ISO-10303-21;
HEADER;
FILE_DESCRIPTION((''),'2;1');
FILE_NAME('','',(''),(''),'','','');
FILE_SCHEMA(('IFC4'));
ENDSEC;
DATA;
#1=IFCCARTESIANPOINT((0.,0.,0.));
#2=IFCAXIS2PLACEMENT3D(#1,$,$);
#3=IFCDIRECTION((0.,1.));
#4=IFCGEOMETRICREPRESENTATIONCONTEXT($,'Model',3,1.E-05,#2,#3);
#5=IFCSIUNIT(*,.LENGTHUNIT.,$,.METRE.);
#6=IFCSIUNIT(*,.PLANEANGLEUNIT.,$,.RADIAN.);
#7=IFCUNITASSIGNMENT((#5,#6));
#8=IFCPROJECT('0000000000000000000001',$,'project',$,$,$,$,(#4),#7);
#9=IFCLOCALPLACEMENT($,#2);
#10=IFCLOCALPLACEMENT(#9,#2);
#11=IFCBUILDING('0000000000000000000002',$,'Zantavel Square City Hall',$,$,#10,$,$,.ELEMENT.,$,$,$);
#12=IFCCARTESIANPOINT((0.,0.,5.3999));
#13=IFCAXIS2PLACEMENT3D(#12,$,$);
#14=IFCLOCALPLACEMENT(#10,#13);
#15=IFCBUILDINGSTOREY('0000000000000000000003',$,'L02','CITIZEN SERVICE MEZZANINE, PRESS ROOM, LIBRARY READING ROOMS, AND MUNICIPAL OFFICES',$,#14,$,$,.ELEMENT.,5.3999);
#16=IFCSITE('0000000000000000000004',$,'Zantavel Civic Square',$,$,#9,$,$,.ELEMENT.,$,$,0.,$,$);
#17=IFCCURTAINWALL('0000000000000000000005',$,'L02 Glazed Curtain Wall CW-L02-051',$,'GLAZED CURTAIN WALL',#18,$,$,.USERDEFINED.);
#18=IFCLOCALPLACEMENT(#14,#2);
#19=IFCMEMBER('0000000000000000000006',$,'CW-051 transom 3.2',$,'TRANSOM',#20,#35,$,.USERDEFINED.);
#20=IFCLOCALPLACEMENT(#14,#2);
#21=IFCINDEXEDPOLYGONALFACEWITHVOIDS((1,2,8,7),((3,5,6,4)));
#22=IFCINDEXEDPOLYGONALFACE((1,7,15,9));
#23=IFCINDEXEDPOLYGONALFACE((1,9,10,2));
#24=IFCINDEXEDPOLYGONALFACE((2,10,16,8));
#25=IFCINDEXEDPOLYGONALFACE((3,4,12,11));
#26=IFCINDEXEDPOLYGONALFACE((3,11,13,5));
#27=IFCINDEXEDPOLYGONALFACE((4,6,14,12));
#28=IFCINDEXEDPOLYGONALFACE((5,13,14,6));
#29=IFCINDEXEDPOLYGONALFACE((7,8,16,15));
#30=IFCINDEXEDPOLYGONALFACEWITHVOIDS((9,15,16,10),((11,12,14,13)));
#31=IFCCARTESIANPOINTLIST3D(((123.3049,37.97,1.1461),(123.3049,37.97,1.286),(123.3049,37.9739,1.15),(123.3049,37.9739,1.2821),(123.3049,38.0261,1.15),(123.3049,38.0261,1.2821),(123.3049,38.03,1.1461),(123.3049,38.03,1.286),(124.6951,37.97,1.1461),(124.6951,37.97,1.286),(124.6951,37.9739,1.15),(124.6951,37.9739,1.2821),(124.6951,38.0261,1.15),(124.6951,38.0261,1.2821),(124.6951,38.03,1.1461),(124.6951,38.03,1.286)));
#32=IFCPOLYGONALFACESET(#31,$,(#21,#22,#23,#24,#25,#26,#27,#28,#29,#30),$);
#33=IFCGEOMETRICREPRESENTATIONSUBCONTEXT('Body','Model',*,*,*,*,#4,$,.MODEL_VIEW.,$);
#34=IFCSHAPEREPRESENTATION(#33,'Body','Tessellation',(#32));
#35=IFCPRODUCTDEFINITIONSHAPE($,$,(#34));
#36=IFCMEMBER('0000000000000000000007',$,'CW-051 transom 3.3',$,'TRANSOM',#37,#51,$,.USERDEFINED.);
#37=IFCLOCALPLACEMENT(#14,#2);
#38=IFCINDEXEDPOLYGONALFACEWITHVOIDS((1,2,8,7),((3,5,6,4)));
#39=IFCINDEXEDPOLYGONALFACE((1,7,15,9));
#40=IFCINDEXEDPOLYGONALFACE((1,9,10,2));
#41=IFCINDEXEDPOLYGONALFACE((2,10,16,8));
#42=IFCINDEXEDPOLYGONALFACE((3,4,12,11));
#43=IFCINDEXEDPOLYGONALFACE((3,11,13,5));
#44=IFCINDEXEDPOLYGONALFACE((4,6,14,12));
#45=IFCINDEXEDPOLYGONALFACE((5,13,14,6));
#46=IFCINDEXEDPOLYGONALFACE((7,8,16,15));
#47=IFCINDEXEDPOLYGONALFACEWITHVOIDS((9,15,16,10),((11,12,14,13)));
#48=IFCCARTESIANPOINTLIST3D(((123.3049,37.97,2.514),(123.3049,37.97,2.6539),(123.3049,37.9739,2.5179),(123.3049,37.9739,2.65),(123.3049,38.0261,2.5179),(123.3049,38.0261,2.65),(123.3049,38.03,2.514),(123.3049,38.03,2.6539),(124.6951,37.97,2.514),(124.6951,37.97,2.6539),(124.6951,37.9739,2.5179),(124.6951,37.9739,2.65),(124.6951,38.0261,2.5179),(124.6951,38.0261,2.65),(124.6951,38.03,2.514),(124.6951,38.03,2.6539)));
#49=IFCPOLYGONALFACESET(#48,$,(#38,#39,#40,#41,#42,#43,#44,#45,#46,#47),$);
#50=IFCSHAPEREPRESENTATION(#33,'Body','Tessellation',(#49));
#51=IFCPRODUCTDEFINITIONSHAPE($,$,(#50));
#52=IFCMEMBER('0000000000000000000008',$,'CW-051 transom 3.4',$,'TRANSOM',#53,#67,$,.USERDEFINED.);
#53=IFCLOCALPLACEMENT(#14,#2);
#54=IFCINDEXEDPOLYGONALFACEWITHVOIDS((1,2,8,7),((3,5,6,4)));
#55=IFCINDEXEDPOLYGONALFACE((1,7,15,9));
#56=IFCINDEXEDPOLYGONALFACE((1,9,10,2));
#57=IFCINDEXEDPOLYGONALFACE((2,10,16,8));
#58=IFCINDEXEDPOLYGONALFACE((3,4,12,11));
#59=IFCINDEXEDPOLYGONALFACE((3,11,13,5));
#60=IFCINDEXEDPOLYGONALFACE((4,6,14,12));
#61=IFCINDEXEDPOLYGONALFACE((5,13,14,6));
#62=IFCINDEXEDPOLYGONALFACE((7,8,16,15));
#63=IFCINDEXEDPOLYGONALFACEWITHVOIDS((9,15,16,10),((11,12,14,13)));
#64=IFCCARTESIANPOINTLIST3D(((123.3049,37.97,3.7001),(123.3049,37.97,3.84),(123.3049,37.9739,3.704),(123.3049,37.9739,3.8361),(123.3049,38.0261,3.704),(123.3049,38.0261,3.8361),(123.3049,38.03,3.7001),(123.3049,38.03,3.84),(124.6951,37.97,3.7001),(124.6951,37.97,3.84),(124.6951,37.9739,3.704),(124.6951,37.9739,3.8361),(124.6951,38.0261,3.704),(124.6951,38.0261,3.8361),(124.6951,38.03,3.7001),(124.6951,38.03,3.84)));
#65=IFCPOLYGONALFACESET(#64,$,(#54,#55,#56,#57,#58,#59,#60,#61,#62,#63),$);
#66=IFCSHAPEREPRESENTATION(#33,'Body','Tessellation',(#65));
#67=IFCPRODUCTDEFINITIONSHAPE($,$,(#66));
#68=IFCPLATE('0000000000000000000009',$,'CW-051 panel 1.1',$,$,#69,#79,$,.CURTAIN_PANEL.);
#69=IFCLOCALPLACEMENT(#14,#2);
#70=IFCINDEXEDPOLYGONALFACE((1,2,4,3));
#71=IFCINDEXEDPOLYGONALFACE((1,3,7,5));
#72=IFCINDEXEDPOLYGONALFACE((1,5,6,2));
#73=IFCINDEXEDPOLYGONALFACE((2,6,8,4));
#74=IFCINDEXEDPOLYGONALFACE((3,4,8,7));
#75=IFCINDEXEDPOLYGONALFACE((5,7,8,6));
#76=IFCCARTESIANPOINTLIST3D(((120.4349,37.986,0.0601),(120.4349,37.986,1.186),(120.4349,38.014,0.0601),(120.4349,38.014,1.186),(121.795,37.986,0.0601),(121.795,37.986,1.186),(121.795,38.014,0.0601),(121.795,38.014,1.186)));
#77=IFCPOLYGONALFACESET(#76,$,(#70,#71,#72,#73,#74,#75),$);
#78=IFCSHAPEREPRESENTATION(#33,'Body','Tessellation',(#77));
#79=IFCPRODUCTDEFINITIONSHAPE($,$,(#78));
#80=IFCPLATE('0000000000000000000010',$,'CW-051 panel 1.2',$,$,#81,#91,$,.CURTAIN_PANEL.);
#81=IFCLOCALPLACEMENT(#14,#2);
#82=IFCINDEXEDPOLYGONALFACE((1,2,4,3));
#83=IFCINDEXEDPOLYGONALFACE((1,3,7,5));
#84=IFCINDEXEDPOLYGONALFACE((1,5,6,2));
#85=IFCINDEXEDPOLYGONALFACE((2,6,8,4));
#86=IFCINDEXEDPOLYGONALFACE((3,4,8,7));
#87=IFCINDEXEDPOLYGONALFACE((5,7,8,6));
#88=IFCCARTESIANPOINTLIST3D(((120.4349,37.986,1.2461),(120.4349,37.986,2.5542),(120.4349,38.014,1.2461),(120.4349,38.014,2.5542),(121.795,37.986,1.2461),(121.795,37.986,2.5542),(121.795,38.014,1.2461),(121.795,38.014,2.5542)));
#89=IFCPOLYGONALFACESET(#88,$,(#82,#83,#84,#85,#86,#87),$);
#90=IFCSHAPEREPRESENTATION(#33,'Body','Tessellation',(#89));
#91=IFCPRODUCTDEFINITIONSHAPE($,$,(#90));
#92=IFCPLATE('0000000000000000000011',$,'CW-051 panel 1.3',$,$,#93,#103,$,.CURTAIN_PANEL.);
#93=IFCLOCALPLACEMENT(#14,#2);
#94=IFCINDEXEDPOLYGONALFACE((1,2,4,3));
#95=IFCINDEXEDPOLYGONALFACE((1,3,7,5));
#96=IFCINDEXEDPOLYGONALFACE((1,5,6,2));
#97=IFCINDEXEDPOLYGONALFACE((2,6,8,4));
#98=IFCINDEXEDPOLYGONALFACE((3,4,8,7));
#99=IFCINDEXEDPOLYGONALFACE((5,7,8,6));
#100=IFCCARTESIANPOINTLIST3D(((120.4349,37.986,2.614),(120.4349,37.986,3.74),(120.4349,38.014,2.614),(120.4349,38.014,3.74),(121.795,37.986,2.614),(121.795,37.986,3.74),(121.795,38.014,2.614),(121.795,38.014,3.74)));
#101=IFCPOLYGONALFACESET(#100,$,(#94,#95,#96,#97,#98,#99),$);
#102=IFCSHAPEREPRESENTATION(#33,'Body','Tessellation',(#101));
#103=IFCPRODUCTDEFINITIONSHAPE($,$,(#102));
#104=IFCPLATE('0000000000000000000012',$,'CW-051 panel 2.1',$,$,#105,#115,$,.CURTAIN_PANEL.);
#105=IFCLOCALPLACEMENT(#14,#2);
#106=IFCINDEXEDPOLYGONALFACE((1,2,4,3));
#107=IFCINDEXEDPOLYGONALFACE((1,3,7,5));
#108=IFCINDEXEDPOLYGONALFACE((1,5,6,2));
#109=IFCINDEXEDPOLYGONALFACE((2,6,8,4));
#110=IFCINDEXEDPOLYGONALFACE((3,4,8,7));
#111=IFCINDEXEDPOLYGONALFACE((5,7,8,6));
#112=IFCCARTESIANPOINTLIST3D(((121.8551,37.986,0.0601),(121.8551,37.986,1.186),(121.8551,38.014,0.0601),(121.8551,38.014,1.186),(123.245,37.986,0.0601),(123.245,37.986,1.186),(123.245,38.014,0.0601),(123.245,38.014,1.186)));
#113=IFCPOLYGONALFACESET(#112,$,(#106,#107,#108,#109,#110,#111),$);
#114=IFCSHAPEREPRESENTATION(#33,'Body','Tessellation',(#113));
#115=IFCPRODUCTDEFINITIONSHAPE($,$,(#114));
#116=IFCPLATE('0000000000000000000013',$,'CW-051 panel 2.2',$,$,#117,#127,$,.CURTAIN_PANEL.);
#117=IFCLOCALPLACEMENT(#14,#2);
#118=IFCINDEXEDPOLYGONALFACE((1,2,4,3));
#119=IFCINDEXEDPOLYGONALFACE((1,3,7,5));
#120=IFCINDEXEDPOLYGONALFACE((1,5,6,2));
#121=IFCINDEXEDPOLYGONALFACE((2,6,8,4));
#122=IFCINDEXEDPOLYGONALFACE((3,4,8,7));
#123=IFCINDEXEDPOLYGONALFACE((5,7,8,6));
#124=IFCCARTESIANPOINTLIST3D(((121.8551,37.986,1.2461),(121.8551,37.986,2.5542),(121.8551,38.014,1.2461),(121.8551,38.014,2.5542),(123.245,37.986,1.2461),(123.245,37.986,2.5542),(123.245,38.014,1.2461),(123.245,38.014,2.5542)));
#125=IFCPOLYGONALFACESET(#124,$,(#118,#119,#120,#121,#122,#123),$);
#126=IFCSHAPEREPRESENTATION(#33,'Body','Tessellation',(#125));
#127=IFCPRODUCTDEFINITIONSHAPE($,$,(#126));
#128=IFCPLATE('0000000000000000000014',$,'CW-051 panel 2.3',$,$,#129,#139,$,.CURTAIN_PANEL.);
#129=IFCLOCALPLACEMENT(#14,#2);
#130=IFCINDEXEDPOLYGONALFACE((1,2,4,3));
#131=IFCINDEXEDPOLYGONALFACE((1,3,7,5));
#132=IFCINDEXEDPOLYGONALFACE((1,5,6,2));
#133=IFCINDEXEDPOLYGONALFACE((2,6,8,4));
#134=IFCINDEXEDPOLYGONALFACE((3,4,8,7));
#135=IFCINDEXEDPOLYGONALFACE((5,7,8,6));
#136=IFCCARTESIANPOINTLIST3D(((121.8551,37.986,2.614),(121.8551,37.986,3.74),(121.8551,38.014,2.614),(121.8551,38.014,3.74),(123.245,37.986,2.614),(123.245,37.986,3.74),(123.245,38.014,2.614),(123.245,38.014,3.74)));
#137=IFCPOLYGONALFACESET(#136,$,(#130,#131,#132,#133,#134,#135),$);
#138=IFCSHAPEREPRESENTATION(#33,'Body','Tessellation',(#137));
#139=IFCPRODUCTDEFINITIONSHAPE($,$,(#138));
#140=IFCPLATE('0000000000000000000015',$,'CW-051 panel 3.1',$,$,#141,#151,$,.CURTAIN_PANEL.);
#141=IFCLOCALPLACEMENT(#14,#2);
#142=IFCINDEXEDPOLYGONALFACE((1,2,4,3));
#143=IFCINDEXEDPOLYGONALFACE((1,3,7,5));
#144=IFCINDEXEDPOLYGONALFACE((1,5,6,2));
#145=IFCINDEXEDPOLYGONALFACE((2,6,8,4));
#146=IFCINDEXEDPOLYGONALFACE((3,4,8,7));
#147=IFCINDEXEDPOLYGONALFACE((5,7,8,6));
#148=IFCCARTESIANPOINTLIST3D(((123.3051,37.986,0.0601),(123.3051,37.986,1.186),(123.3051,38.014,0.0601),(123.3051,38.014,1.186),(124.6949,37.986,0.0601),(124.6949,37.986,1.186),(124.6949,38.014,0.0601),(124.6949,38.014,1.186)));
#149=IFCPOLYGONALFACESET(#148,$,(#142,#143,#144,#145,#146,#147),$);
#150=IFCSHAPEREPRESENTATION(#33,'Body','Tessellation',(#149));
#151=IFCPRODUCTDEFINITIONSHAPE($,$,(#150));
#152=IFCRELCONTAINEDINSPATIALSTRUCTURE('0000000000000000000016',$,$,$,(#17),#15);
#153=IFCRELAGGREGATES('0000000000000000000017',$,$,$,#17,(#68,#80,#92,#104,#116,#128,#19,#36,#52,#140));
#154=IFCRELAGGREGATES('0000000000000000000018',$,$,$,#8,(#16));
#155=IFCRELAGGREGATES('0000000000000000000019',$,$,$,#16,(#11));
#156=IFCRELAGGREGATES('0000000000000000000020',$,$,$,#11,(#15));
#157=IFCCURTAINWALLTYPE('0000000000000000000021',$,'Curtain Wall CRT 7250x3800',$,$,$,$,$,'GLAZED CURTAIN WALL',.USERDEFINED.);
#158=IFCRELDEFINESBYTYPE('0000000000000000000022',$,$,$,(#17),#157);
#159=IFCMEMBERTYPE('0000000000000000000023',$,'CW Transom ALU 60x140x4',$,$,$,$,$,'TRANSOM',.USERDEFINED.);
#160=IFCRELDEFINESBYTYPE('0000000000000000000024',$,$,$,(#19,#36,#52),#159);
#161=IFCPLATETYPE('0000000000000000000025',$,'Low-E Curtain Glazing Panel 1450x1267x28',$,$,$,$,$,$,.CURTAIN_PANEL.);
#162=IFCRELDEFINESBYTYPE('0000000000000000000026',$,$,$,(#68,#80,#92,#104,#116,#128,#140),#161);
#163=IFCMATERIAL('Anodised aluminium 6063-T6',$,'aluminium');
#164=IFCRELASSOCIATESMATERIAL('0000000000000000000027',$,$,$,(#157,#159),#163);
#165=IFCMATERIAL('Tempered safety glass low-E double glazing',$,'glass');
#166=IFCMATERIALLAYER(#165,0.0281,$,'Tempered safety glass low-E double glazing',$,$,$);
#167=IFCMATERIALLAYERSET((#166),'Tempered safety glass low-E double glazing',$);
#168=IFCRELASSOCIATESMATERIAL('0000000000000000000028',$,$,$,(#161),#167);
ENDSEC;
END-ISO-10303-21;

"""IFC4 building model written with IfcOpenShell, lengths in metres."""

from ifc_helpers import new_model, si_unit, direction, frame, origin, origin_2d, place, context, subcontext, project, spatial, rectangle, hollow_rectangle, extrude, material, layer, layer_set, material_profile, profile_set, type_object, element, aggregate, save


model = new_model("IFC4")

# Units and contexts
model_context = context("Model", 3, precision=1e-05, world=origin(), true_north=direction((0.0, 1.0)))
body_context = subcontext(model_context, "Body", "Model", "MODEL_VIEW")
ifc_project = project(units=[si_unit("LENGTHUNIT", "METRE"), si_unit("PLANEANGLEUNIT", "RADIAN")], contexts=[model_context])

# Site, building, storey
site_placement = place(None, origin())
site = spatial("IfcSite", under=ifc_project, at=site_placement, Name="Zantavel Civic Square", CompositionType="ELEMENT", RefElevation=0.0)
building_placement = place(site_placement, origin())
building = spatial("IfcBuilding", under=site, at=building_placement, Name="Zantavel Square City Hall", CompositionType="ELEMENT")
storey_placement = place(building_placement, frame((0.0, 0.0, 5.3999)))
storey = spatial("IfcBuildingStorey", under=building, at=storey_placement, Name="L02", Description="CITIZEN SERVICE MEZZANINE, PRESS ROOM, LIBRARY READING ROOMS, AND MUNICIPAL OFFICES", CompositionType="ELEMENT", Elevation=5.3999)

# Curtain wall, members, plates
ifc_material_1 = material(Name="Anodised aluminium 6063-T6", Category="aluminium")
curtain_wall_type = type_object("IfcCurtainWallType", Name="Curtain Wall CRT 7250x3800", ElementType="GLAZED CURTAIN WALL", PredefinedType="USERDEFINED", material=ifc_material_1)
curtain_wall_placement = place(storey_placement, origin())
curtain_wall = element("IfcCurtainWall", 1, at=curtain_wall_placement, inside=storey, type_object=curtain_wall_type, Name="L02 Glazed Curtain Wall CW-L02-051", ObjectType="GLAZED CURTAIN WALL", PredefinedType="USERDEFINED")
ifc_material_profile_1 = material_profile(ifc_material_1, hollow_rectangle(XDim=0.0601, YDim=0.1399, WallThickness=0.0039, at=origin_2d()), Name="ALU 60x140x4")
ifc_profile_set_1 = profile_set([ifc_material_profile_1], Name="Anodised aluminium 6063-T6")
member_type_1 = type_object("IfcMemberType", Name="CW Transom ALU 60x140x4", ElementType="TRANSOM", PredefinedType="USERDEFINED", material=ifc_profile_set_1)
member_1_placement = place(storey_placement, frame((123.3049, 38.0, 1.2161), z_axis=(1.0, 0.0, 0.0), x_axis=(0.0, 1.0, 0.0)))
member_1 = element("IfcMember", 2, at=member_1_placement, type_object=member_type_1, Name="CW-051 transom 3.2", ObjectType="TRANSOM", PredefinedType="USERDEFINED", context=body_context, shape_type="SweptSolid", body=[
    extrude(hollow_rectangle(XDim=0.0601, YDim=0.1399, WallThickness=0.0039, at=origin_2d()), origin(), (0.0, 0.0, 1.0), 1.3901),
])
member_2_placement = place(storey_placement, frame((123.3049, 38.0, 2.584), z_axis=(1.0, 0.0, 0.0), x_axis=(0.0, 1.0, 0.0)))
member_2 = element("IfcMember", 3, at=member_2_placement, type_object=member_type_1, Name="CW-051 transom 3.3", ObjectType="TRANSOM", PredefinedType="USERDEFINED", context=body_context, shape_type="SweptSolid", body=[
    extrude(hollow_rectangle(XDim=0.0601, YDim=0.1399, WallThickness=0.0039, at=origin_2d()), origin(), (0.0, 0.0, 1.0), 1.3901),
])
member_3_placement = place(storey_placement, frame((123.3049, 38.0, 3.77), z_axis=(1.0, 0.0, 0.0), x_axis=(0.0, 1.0, 0.0)))
member_3 = element("IfcMember", 4, at=member_3_placement, type_object=member_type_1, Name="CW-051 transom 3.4", ObjectType="TRANSOM", PredefinedType="USERDEFINED", context=body_context, shape_type="SweptSolid", body=[
    extrude(hollow_rectangle(XDim=0.0601, YDim=0.1399, WallThickness=0.0039, at=origin_2d()), origin(), (0.0, 0.0, 1.0), 1.3901),
])
ifc_material_2 = material(Name="Tempered safety glass low-E double glazing", Category="glass")
ifc_layer = layer(ifc_material_2, 0.0281, Name="Tempered safety glass low-E double glazing")
ifc_layer_set = layer_set([ifc_layer], Name="Tempered safety glass low-E double glazing")
plate_type = type_object("IfcPlateType", Name="Low-E Curtain Glazing Panel 1450x1267x28", PredefinedType="CURTAIN_PANEL", material=ifc_layer_set)
plate_1_placement = place(storey_placement, frame((121.115, 38.0, 0.0601), z_axis=(0.0, 0.0, 1.0), x_axis=(1.0, 0.0, 0.0)))
plate_1 = element("IfcPlate", 5, at=plate_1_placement, type_object=plate_type, Name="CW-051 panel 1.1", PredefinedType="CURTAIN_PANEL", context=body_context, shape_type="SweptSolid", body=[
    extrude(rectangle(XDim=1.3601, YDim=0.0281, at=origin_2d()), origin(), (0.0, 0.0, 1.0), 1.126),
])
plate_2_placement = place(storey_placement, frame((121.115, 38.0, 1.2461), z_axis=(0.0, 0.0, 1.0), x_axis=(1.0, 0.0, 0.0)))
plate_2 = element("IfcPlate", 6, at=plate_2_placement, type_object=plate_type, Name="CW-051 panel 1.2", PredefinedType="CURTAIN_PANEL", context=body_context, shape_type="SweptSolid", body=[
    extrude(rectangle(XDim=1.3601, YDim=0.0281, at=origin_2d()), origin(), (0.0, 0.0, 1.0), 1.3081),
])
plate_3_placement = place(storey_placement, frame((121.115, 38.0, 2.614), z_axis=(0.0, 0.0, 1.0), x_axis=(1.0, 0.0, 0.0)))
plate_3 = element("IfcPlate", 7, at=plate_3_placement, type_object=plate_type, Name="CW-051 panel 1.3", PredefinedType="CURTAIN_PANEL", context=body_context, shape_type="SweptSolid", body=[
    extrude(rectangle(XDim=1.3601, YDim=0.0281, at=origin_2d()), origin(), (0.0, 0.0, 1.0), 1.126),
])
plate_4_placement = place(storey_placement, frame((122.55, 38.0, 0.0601), z_axis=(0.0, 0.0, 1.0), x_axis=(1.0, 0.0, 0.0)))
plate_4 = element("IfcPlate", 8, at=plate_4_placement, type_object=plate_type, Name="CW-051 panel 2.1", PredefinedType="CURTAIN_PANEL", context=body_context, shape_type="SweptSolid", body=[
    extrude(rectangle(XDim=1.3899, YDim=0.0281, at=origin_2d()), origin(), (0.0, 0.0, 1.0), 1.126),
])
plate_5_placement = place(storey_placement, frame((122.55, 38.0, 1.2461), z_axis=(0.0, 0.0, 1.0), x_axis=(1.0, 0.0, 0.0)))
plate_5 = element("IfcPlate", 9, at=plate_5_placement, type_object=plate_type, Name="CW-051 panel 2.2", PredefinedType="CURTAIN_PANEL", context=body_context, shape_type="SweptSolid", body=[
    extrude(rectangle(XDim=1.3899, YDim=0.0281, at=origin_2d()), origin(), (0.0, 0.0, 1.0), 1.3081),
])
plate_6_placement = place(storey_placement, frame((122.55, 38.0, 2.614), z_axis=(0.0, 0.0, 1.0), x_axis=(1.0, 0.0, 0.0)))
plate_6 = element("IfcPlate", 10, at=plate_6_placement, type_object=plate_type, Name="CW-051 panel 2.3", PredefinedType="CURTAIN_PANEL", context=body_context, shape_type="SweptSolid", body=[
    extrude(rectangle(XDim=1.3899, YDim=0.0281, at=origin_2d()), origin(), (0.0, 0.0, 1.0), 1.126),
])
plate_7_placement = place(storey_placement, frame((124.0, 38.0, 0.0601), z_axis=(0.0, 0.0, 1.0), x_axis=(1.0, 0.0, 0.0)))
plate_7 = element("IfcPlate", 11, at=plate_7_placement, type_object=plate_type, Name="CW-051 panel 3.1", PredefinedType="CURTAIN_PANEL", context=body_context, shape_type="SweptSolid", body=[
    extrude(rectangle(XDim=1.3899, YDim=0.0281, at=origin_2d()), origin(), (0.0, 0.0, 1.0), 1.126),
])
aggregate(curtain_wall, [plate_1, plate_2, plate_3, plate_4, plate_5, plate_6, member_1, member_2, member_3, plate_7])

save(model, "model.ifc")
